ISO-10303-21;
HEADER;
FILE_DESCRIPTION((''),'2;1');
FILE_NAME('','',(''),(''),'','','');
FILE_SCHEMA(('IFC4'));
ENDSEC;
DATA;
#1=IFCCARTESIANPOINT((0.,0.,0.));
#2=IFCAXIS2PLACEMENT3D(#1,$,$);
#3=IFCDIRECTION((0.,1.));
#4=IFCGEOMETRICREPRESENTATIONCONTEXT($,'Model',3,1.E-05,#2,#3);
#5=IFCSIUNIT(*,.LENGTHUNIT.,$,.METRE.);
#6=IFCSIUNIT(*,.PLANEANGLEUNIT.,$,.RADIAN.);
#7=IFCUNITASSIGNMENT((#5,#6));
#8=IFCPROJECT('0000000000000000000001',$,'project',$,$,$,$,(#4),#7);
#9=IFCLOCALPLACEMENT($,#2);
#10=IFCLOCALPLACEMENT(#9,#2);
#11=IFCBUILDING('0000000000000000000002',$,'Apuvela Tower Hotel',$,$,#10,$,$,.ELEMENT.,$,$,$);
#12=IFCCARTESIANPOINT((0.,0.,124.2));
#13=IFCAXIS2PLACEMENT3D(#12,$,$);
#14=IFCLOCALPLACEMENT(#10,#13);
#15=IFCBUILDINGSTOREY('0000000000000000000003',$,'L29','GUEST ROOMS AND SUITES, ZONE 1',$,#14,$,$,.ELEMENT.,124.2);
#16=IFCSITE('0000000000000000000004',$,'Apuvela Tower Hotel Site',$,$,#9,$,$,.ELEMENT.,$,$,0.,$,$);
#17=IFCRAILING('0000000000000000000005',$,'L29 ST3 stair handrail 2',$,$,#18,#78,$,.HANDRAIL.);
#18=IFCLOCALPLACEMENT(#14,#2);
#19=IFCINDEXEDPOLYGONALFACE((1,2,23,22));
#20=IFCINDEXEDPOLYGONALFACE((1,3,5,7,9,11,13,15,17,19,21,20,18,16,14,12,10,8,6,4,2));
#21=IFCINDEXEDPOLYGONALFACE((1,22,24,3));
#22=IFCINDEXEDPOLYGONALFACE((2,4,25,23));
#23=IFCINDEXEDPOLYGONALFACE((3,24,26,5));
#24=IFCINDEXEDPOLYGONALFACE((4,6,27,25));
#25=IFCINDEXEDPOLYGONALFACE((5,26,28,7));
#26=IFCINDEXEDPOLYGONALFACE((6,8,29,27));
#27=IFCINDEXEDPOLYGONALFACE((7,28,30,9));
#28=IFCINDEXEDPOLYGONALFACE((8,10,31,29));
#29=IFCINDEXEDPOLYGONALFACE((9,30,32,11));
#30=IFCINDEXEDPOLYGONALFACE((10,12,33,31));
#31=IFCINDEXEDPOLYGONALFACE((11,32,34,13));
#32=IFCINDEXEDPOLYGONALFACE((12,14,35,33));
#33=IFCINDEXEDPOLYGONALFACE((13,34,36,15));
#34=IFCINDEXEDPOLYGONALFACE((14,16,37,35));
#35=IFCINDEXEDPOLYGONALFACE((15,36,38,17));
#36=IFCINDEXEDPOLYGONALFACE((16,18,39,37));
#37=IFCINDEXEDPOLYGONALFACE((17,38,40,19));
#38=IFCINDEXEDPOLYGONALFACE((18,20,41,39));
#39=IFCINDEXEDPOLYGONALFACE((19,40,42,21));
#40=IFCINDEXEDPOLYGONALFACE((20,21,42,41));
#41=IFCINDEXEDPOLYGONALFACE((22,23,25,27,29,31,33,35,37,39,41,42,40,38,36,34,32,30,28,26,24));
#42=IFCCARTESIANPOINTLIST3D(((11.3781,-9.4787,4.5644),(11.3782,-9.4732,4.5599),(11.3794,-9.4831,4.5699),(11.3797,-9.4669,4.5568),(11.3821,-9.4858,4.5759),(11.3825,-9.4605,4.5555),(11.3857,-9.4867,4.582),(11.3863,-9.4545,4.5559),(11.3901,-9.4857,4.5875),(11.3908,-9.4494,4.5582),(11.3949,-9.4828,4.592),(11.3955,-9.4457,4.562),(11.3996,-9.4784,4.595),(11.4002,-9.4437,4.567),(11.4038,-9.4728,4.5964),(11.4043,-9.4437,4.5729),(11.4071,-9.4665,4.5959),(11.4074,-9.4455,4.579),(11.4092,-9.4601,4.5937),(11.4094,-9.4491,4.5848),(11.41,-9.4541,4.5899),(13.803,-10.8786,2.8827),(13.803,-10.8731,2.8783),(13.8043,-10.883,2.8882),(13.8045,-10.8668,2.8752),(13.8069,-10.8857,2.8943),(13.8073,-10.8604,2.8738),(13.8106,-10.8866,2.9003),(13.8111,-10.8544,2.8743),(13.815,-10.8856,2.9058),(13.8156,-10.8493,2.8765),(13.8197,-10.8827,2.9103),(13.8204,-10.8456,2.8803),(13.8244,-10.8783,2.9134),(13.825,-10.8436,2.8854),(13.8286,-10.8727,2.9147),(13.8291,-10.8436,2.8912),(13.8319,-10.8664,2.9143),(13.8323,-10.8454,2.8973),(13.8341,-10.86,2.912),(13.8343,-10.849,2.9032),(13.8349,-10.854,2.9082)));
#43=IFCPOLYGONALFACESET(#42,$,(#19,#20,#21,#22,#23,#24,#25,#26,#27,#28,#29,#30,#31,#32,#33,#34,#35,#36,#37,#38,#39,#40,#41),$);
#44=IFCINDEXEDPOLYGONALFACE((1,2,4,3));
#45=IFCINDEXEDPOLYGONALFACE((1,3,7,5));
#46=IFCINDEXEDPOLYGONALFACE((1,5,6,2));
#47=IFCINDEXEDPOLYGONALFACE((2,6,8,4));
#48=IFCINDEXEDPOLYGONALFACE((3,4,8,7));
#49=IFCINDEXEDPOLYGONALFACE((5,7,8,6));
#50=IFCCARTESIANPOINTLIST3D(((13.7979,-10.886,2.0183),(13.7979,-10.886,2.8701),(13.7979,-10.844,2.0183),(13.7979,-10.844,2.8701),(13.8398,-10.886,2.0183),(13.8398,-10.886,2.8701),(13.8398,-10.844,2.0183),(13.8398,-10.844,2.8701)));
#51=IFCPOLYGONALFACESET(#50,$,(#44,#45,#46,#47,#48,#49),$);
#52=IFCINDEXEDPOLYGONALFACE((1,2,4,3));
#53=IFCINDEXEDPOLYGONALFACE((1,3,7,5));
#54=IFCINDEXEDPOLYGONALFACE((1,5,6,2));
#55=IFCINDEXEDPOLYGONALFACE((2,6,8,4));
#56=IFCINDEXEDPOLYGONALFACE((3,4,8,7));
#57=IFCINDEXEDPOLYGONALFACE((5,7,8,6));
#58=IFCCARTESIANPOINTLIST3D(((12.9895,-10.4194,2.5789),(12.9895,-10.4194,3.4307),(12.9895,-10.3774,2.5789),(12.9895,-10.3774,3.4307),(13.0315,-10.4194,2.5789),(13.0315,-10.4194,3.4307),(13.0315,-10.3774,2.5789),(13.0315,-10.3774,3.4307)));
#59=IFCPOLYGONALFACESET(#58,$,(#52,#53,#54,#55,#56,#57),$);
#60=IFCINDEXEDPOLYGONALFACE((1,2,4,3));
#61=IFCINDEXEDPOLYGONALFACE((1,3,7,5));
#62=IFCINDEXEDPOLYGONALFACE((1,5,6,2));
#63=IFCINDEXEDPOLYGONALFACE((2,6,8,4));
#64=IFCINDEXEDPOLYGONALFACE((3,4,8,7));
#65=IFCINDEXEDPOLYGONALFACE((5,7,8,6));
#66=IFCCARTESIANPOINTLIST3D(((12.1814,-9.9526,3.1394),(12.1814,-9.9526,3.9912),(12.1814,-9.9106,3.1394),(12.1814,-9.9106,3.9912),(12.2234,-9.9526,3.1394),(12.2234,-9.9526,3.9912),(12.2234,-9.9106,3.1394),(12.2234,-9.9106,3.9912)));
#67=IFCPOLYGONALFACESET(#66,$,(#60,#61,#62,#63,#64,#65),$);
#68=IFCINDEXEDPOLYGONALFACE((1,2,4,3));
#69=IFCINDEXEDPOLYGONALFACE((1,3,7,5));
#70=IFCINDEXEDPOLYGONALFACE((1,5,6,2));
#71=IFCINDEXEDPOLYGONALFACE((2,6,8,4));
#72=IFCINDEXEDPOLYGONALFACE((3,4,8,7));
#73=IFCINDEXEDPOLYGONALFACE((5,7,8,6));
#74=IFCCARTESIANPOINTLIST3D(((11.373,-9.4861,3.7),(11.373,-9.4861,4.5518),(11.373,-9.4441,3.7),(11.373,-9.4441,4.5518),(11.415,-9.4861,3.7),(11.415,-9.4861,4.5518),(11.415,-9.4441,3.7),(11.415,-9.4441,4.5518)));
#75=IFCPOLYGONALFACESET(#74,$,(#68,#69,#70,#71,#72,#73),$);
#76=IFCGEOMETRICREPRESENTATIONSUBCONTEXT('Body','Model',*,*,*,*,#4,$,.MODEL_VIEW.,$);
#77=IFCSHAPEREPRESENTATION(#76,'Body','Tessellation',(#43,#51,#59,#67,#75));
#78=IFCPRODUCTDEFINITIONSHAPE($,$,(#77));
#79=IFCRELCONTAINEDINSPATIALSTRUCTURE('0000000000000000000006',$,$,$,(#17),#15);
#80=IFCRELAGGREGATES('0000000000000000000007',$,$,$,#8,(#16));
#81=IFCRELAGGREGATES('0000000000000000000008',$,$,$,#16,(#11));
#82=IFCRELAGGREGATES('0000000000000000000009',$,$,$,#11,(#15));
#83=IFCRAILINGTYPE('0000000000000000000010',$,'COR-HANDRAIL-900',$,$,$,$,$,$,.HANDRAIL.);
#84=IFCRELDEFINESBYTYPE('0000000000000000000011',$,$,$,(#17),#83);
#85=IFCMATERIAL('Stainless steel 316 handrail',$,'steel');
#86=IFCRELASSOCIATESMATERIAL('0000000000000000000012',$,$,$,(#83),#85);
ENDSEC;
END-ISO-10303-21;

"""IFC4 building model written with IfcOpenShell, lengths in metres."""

from ifc_helpers import new_model, si_unit, direction, frame, origin, origin_2d, place, context, subcontext, project, spatial, rectangle, circle, extrude, material, type_object, element, save


model = new_model("IFC4")

# Units and contexts
model_context = context("Model", 3, precision=1e-05, world=origin(), true_north=direction((0.0, 1.0)))
body_context = subcontext(model_context, "Body", "Model", "MODEL_VIEW")
ifc_project = project(units=[si_unit("LENGTHUNIT", "METRE"), si_unit("PLANEANGLEUNIT", "RADIAN")], contexts=[model_context])

# Site, building, storey
site_placement = place(None, origin())
site = spatial("IfcSite", under=ifc_project, at=site_placement, Name="Apuvela Tower Hotel Site", CompositionType="ELEMENT", RefElevation=0.0)
building_placement = place(site_placement, origin())
building = spatial("IfcBuilding", under=site, at=building_placement, Name="Apuvela Tower Hotel", CompositionType="ELEMENT")
storey_placement = place(building_placement, frame((0.0, 0.0, 124.2)))
storey = spatial("IfcBuildingStorey", under=building, at=storey_placement, Name="L29", Description="GUEST ROOMS AND SUITES, ZONE 1", CompositionType="ELEMENT", Elevation=124.2)

# Railing
ifc_material_1 = material(Name="Stainless steel 316 handrail", Category="steel")
railing_type_1 = type_object("IfcRailingType", Name="COR-HANDRAIL-900", PredefinedType="HANDRAIL", material=ifc_material_1)
railing_1_placement = place(storey_placement, frame((13.8188, -10.865, 2.0183)))
element("IfcRailing", 1, at=railing_1_placement, inside=storey, type_object=railing_type_1, Name="L29 ST3 stair handrail 2", PredefinedType="HANDRAIL", context=body_context, shape_type="SweptSolid", body=[
    extrude(circle(Radius=0.0239, at=origin_2d()), frame((0.0, 0.0, 0.876), z_axis=(-0.742419, 0.428618, 0.514879), x_axis=(-0.499984, -0.866035, 0.0)), (0.0, 0.0, 1.0), 3.2661),
    extrude(rectangle(XDim=0.042, YDim=0.042, at=origin_2d()), origin(), (0.0, 0.0, 1.0), 0.8518),
    extrude(rectangle(XDim=0.042, YDim=0.042, at=origin_2d()), frame((-0.8083, 0.4666, 0.5605)), (0.0, 0.0, 1.0), 0.8518),
    extrude(rectangle(XDim=0.042, YDim=0.042, at=origin_2d()), frame((-1.6165, 0.9333, 1.1211)), (0.0, 0.0, 1.0), 0.8518),
    extrude(rectangle(XDim=0.042, YDim=0.042, at=origin_2d()), frame((-2.4248, 1.3999, 1.6816)), (0.0, 0.0, 1.0), 0.8518),
])

save(model, "model.ifc")
